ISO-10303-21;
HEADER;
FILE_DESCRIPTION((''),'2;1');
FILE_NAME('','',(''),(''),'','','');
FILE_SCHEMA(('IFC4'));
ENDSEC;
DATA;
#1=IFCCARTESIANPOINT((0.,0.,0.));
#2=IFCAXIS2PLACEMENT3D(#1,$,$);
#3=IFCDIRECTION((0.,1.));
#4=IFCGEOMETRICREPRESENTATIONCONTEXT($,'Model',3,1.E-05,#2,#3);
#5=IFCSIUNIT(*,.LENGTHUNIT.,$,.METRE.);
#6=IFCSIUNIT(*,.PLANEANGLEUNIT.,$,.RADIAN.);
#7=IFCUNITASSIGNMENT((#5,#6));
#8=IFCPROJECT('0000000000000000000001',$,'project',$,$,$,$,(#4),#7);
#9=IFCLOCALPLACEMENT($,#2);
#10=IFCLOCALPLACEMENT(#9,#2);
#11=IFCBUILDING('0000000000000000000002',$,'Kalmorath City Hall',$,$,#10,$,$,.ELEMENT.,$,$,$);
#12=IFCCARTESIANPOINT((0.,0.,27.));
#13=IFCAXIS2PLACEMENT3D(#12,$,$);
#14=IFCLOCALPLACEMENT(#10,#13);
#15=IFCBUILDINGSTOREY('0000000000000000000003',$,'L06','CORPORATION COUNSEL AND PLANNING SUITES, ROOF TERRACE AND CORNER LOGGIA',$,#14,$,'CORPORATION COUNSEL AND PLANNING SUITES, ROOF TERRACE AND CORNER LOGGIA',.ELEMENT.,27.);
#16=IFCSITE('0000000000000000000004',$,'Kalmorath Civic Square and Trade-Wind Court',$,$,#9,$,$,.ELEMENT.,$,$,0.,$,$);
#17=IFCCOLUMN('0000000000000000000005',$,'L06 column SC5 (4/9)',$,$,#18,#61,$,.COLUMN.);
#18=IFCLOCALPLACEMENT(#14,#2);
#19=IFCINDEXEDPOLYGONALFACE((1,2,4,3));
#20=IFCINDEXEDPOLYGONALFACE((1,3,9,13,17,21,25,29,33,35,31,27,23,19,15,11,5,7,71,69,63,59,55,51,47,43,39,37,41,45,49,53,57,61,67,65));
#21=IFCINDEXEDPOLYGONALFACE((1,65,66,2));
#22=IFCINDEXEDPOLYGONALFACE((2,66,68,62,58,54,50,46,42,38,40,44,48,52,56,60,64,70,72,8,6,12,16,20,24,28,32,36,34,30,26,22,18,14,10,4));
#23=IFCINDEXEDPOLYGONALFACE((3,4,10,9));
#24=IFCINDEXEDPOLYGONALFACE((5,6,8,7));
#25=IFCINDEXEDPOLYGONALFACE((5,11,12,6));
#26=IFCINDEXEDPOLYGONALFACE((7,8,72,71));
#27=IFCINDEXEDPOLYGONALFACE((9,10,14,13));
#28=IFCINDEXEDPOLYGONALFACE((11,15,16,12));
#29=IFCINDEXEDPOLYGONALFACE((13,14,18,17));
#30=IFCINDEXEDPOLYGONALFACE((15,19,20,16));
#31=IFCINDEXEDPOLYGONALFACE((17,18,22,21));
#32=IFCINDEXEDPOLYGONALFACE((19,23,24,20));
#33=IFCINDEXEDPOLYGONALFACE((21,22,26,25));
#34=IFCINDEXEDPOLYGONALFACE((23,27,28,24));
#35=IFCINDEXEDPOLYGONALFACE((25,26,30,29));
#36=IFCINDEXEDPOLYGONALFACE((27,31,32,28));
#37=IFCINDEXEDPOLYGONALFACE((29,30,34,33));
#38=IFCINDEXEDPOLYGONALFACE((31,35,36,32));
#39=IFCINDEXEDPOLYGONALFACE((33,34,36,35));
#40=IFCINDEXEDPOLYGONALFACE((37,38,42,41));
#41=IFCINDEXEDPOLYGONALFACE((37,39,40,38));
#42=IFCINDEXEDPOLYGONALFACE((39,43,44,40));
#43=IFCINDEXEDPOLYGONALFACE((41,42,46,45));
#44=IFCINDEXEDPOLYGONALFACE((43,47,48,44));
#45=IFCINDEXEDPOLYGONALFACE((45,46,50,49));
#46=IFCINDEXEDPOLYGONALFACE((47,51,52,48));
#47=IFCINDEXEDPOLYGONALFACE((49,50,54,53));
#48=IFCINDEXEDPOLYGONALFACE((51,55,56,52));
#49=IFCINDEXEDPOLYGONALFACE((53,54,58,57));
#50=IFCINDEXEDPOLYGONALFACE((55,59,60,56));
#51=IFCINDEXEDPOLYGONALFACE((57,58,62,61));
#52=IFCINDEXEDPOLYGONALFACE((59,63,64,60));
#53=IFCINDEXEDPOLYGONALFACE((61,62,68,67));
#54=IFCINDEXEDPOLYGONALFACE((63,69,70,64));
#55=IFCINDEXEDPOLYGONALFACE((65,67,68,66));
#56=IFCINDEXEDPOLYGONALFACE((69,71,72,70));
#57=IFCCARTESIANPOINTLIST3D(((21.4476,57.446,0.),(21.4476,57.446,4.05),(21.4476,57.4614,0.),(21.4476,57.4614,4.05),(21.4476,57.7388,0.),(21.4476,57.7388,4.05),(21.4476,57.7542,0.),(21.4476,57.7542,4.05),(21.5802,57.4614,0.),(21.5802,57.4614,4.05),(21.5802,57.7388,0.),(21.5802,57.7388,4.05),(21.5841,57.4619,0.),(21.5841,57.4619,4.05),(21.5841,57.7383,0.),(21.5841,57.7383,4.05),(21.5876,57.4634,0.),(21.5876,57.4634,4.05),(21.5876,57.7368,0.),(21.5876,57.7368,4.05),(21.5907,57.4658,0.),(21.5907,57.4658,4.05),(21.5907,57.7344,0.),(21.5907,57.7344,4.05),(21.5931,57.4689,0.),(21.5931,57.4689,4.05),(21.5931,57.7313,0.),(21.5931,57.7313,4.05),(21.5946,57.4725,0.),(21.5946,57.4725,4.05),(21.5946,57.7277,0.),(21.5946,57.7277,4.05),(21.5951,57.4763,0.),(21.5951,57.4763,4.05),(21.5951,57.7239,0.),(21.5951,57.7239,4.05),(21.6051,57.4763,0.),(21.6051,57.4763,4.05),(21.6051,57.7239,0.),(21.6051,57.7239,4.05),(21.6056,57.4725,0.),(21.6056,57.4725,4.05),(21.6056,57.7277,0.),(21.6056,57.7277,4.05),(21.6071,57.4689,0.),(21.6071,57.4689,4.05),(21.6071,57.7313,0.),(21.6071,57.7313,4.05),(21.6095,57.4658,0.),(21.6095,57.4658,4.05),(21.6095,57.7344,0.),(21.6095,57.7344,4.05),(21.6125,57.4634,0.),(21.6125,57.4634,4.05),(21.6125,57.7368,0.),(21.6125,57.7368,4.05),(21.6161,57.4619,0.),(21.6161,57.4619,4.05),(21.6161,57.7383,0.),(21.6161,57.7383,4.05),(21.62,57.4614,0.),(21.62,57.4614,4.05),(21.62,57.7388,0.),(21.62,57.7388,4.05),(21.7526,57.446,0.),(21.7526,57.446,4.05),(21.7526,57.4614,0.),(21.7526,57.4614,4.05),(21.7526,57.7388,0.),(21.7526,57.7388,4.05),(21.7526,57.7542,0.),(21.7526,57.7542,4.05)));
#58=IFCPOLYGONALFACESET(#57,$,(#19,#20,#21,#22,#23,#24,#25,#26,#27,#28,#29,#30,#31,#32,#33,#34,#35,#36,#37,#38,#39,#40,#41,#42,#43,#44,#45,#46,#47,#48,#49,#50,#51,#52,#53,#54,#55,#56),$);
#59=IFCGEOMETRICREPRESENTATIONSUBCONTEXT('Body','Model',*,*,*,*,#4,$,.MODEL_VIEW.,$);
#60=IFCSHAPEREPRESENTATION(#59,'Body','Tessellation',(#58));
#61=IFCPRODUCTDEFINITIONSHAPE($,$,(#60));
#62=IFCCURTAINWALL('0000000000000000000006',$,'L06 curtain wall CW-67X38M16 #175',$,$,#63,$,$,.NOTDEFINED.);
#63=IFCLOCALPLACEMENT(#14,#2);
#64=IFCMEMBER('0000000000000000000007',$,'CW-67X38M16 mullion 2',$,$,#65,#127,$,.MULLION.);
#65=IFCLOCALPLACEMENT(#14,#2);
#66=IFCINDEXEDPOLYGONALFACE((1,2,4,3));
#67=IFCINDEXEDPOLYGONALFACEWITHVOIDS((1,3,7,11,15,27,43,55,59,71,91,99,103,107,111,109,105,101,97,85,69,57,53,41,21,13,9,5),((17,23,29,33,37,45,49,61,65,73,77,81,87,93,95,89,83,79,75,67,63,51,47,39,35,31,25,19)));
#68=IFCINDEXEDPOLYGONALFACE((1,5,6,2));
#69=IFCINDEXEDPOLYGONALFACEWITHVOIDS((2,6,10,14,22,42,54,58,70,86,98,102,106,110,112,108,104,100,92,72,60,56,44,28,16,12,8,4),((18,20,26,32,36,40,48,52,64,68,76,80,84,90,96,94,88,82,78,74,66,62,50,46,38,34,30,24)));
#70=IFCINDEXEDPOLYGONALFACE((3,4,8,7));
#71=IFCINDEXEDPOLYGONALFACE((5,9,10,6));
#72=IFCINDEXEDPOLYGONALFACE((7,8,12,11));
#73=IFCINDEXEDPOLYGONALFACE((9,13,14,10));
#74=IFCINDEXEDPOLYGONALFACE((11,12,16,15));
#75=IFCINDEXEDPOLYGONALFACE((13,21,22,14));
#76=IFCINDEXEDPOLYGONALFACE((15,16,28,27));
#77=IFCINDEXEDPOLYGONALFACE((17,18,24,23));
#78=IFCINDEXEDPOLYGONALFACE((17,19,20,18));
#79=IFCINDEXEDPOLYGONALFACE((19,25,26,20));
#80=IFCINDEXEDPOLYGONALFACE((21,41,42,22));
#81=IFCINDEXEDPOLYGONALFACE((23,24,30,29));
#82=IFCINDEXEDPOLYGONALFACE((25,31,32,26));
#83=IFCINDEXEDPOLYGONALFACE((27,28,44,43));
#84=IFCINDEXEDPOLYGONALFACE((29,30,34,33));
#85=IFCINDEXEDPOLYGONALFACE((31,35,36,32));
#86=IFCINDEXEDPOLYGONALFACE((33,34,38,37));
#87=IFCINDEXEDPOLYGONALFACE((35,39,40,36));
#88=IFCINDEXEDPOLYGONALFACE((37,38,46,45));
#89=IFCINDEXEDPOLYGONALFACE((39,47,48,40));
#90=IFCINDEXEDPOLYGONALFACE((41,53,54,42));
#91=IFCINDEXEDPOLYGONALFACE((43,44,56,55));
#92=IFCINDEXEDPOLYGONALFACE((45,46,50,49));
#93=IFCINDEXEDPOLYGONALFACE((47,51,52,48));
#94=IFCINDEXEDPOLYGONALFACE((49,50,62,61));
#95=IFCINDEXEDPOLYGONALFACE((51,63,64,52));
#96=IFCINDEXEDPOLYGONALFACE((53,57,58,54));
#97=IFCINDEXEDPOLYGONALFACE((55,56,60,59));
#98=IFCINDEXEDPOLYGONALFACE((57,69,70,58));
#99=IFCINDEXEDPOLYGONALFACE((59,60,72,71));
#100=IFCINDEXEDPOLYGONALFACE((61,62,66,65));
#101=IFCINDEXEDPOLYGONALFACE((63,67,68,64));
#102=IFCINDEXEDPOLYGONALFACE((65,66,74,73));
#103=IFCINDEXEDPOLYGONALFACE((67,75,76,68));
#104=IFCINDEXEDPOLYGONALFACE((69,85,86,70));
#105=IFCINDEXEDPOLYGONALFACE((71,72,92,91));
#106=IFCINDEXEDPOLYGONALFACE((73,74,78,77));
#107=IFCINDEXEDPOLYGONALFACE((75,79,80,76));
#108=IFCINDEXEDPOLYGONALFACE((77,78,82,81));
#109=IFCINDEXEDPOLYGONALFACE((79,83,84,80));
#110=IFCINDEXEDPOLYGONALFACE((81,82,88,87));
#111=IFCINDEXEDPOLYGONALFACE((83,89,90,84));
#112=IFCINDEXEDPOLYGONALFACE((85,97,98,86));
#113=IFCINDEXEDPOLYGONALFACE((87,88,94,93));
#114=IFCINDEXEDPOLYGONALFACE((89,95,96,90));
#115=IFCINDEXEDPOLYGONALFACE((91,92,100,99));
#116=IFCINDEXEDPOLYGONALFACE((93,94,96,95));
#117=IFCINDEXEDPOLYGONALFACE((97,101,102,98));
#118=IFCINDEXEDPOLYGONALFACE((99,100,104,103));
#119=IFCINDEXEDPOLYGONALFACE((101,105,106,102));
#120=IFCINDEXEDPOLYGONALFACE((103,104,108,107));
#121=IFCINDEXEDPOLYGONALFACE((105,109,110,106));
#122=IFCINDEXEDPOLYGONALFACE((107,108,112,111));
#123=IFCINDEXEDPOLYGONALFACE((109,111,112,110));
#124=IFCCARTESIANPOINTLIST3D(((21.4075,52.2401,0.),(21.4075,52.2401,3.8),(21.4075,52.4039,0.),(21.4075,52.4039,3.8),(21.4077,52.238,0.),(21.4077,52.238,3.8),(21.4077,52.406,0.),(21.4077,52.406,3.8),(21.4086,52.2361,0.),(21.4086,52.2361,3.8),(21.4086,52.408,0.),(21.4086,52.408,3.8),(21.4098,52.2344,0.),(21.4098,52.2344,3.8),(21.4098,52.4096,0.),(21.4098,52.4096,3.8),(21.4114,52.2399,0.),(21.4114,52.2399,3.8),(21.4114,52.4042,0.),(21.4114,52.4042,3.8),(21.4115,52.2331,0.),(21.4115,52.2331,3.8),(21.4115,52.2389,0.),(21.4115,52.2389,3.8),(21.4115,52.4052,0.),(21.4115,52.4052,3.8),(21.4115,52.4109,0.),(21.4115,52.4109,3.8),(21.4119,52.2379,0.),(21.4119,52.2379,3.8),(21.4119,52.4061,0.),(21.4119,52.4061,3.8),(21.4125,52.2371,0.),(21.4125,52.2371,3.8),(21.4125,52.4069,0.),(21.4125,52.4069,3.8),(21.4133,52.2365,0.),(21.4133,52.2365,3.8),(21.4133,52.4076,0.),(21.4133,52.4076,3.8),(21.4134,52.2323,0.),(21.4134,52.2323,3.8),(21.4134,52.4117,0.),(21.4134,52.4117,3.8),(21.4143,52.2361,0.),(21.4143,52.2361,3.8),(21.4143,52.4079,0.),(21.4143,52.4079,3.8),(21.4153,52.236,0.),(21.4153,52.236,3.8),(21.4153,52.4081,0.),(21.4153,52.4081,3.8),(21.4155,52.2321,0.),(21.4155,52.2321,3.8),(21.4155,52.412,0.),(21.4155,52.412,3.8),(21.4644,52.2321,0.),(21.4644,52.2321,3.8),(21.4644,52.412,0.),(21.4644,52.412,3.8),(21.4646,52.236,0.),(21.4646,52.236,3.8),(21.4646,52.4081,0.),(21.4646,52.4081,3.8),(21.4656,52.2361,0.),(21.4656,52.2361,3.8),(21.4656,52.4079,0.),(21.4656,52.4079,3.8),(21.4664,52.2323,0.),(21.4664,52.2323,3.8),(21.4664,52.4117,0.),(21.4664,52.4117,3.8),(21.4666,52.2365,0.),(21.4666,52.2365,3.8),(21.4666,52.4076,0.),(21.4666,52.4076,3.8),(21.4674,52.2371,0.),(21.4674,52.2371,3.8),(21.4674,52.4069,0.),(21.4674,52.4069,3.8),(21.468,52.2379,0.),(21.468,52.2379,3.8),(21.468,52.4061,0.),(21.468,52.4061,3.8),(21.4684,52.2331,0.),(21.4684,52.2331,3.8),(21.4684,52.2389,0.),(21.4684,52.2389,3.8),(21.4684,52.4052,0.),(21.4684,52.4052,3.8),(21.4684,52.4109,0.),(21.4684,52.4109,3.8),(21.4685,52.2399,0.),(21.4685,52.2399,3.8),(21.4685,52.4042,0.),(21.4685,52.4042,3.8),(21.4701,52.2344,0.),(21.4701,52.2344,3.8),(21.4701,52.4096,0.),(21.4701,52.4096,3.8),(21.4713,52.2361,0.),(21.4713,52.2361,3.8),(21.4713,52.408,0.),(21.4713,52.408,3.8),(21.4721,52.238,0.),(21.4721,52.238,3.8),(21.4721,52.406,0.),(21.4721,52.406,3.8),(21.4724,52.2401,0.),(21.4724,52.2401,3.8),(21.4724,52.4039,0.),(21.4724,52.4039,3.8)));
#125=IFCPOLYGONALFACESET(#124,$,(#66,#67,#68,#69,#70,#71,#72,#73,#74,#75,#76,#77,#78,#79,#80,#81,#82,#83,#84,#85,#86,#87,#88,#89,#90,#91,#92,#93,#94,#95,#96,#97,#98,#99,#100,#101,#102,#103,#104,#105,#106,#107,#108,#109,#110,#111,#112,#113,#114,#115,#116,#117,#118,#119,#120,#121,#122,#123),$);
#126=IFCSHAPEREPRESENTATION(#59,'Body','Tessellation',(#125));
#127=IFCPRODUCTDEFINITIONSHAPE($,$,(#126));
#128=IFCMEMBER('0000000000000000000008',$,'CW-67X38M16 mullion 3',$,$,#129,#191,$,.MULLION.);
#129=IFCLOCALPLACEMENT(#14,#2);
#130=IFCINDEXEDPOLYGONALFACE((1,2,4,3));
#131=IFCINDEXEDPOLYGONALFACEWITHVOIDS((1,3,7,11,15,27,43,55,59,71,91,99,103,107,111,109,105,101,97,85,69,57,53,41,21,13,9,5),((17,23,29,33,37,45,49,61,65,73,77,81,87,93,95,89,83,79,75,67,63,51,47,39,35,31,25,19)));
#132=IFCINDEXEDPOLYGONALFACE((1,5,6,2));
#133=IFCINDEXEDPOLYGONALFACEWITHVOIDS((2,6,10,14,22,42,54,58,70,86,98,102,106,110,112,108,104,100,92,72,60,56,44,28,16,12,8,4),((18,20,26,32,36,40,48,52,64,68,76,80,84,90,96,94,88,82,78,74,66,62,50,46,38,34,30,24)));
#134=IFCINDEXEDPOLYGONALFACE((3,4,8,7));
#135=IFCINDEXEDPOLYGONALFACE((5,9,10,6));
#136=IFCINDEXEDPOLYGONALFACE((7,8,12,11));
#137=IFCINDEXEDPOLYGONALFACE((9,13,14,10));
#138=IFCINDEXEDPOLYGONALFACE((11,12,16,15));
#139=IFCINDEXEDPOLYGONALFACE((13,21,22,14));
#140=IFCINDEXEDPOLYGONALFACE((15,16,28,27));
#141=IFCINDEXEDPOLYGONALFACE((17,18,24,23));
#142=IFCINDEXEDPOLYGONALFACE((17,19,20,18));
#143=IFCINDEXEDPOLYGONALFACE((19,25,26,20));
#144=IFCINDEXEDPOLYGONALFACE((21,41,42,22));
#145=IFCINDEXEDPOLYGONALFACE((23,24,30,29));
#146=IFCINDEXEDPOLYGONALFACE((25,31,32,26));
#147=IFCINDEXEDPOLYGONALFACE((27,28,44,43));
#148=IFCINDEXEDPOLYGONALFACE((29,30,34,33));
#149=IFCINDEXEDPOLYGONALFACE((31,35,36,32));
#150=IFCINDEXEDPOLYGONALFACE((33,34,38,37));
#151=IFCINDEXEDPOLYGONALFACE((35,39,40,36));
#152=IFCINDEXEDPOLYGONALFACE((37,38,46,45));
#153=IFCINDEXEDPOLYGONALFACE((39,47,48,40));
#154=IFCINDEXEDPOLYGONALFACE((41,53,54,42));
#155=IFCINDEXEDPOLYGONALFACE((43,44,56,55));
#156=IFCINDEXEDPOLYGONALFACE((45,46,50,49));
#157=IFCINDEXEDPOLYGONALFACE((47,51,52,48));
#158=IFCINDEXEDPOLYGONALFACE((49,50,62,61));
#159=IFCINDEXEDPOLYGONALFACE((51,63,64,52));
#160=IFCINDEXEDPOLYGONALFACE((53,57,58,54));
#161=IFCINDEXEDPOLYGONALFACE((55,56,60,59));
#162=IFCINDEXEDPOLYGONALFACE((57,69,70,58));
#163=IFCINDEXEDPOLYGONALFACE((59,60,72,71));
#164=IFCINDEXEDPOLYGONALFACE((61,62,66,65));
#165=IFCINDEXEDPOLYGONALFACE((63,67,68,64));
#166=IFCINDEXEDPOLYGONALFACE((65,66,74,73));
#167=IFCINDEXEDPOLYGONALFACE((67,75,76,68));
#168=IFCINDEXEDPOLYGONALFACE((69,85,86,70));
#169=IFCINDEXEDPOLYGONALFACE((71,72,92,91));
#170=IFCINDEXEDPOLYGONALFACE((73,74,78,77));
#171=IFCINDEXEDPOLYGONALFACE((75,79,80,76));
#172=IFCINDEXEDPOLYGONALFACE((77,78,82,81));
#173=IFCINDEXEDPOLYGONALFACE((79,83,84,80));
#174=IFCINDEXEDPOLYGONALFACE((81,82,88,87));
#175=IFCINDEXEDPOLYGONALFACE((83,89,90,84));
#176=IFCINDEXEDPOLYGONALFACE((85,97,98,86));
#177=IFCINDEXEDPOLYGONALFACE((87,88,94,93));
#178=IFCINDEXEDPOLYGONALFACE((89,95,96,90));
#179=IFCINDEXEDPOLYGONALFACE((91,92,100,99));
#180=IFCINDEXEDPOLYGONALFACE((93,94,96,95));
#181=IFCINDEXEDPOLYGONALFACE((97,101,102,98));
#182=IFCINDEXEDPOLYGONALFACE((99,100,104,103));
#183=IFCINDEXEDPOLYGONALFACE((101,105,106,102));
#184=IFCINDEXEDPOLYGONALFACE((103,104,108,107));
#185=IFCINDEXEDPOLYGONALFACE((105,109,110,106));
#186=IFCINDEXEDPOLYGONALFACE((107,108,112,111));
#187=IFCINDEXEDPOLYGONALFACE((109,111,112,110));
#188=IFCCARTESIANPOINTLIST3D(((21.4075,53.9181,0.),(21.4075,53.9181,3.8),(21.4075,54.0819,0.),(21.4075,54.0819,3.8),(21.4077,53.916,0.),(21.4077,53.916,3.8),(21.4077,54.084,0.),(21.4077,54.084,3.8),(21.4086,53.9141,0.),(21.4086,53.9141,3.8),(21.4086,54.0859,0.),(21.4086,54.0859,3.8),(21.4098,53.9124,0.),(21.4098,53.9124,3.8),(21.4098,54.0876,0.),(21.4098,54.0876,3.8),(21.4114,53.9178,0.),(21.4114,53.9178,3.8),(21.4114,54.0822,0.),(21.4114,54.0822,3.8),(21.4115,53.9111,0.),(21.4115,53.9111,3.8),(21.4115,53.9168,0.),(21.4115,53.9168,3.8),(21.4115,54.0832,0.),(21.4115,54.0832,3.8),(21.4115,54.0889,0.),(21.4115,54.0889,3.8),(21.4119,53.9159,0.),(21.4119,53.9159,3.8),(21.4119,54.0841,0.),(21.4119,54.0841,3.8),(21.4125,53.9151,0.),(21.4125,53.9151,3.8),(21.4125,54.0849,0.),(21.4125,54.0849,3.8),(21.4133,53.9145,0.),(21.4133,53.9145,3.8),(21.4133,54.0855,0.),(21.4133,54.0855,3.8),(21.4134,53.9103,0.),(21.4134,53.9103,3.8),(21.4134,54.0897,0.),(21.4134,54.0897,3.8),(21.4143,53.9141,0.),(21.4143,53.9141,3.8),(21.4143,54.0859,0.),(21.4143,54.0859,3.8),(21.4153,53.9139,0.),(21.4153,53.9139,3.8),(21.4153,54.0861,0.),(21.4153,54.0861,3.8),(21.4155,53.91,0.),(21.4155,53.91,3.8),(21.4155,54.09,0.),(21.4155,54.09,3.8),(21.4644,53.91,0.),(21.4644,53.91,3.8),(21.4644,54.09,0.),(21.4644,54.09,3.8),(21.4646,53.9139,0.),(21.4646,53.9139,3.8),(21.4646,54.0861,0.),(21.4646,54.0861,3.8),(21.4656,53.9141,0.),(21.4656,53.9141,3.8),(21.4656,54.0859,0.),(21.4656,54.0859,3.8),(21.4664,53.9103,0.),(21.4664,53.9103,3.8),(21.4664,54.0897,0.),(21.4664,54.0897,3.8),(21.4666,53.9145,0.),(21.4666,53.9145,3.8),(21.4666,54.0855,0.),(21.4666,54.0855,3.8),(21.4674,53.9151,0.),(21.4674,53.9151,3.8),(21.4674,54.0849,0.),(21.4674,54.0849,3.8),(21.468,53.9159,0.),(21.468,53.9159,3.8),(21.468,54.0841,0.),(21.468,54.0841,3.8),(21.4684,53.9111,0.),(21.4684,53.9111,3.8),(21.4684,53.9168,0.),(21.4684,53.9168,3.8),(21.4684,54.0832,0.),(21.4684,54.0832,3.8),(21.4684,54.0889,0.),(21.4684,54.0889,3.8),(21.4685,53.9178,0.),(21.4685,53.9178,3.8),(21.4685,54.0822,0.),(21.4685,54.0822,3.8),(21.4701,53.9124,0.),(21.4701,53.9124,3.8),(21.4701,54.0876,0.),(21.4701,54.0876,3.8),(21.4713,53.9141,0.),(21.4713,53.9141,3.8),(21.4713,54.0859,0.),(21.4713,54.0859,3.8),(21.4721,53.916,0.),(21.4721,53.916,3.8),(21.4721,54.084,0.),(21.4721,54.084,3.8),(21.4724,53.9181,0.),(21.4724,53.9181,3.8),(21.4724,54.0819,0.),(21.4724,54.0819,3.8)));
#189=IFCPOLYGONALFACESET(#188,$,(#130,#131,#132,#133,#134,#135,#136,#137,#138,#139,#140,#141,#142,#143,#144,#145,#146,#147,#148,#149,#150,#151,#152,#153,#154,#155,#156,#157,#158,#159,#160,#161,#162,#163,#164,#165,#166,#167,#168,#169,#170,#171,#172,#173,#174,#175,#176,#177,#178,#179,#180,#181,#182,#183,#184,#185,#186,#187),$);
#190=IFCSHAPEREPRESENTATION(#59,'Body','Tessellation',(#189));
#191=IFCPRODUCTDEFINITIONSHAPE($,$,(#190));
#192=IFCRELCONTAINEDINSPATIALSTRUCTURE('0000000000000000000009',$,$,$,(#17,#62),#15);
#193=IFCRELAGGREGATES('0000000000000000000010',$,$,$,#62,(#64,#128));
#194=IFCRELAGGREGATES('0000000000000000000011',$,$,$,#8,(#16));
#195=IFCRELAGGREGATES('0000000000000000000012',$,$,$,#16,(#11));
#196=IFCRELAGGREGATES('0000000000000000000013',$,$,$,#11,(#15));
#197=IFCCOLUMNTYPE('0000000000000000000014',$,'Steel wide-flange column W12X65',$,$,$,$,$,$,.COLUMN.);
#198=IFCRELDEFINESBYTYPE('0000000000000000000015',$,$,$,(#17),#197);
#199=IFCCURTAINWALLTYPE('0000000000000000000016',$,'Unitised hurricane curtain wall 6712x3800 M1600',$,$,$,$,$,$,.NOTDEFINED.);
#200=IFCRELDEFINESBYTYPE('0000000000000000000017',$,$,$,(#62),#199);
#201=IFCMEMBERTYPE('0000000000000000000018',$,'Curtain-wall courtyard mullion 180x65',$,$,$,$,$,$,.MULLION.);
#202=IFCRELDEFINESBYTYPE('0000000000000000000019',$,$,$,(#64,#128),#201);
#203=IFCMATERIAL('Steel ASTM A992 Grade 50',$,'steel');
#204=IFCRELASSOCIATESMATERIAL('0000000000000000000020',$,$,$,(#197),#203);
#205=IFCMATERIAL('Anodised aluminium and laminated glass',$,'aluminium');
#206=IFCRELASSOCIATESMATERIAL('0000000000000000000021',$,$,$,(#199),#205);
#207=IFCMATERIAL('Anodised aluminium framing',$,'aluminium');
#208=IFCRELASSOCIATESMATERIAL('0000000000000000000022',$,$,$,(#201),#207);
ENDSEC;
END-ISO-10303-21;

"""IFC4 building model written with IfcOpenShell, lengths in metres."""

from ifc_helpers import new_model, si_unit, direction, frame, origin, origin_2d, place, context, subcontext, project, spatial, hollow_rectangle, i_section, extrude, material, material_profile, profile_set, type_object, element, aggregate, save


model = new_model("IFC4")

# Units and contexts
model_context = context("Model", 3, precision=1e-05, world=origin(), true_north=direction((0.0, 1.0)))
body_context = subcontext(model_context, "Body", "Model", "MODEL_VIEW")
ifc_project = project(units=[si_unit("LENGTHUNIT", "METRE"), si_unit("PLANEANGLEUNIT", "RADIAN")], contexts=[model_context])

# Site, building, storey
site_placement = place(None, origin())
site = spatial("IfcSite", under=ifc_project, at=site_placement, Name="Kalmorath Civic Square and Trade-Wind Court", CompositionType="ELEMENT", RefElevation=0.0)
building_placement = place(site_placement, origin())
building = spatial("IfcBuilding", under=site, at=building_placement, Name="Kalmorath City Hall", CompositionType="ELEMENT")
storey_placement = place(building_placement, frame((0.0, 0.0, 27.0)))
storey = spatial("IfcBuildingStorey", under=building, at=storey_placement, Name="L06", Description="CORPORATION COUNSEL AND PLANNING SUITES, ROOF TERRACE AND CORNER LOGGIA", LongName="CORPORATION COUNSEL AND PLANNING SUITES, ROOF TERRACE AND CORNER LOGGIA", CompositionType="ELEMENT", Elevation=27.0)

# Column
ifc_material_1 = material(Name="Steel ASTM A992 Grade 50", Category="steel")
ifc_material_profile_1 = material_profile(ifc_material_1, i_section(OverallWidth=0.3049, OverallDepth=0.3081, WebThickness=0.01, FlangeThickness=0.0154, FilletRadius=0.0149, at=origin_2d()), Name="W12X65")
ifc_profile_set_1 = profile_set([ifc_material_profile_1], Name="Steel ASTM A992 Grade 50")
column_type = type_object("IfcColumnType", Name="Steel wide-flange column W12X65", PredefinedType="COLUMN", material=ifc_profile_set_1)
column_placement = place(storey_placement, frame((21.6001, 57.6001, 0.0), z_axis=(0.0, 0.0, 1.0), x_axis=(1.0, 0.0, 0.0)))
element("IfcColumn", 1, at=column_placement, inside=storey, type_object=column_type, Name="L06 column SC5 (4/9)", PredefinedType="COLUMN", context=body_context, shape_type="SweptSolid", body=[
    extrude(i_section(OverallWidth=0.3049, OverallDepth=0.3081, WebThickness=0.01, FlangeThickness=0.0154, FilletRadius=0.0149, at=origin_2d()), origin(), (0.0, 0.0, 1.0), 4.05),
])

# Curtain wall, members
ifc_material_2 = material(Name="Anodised aluminium and laminated glass", Category="aluminium")
curtain_wall_type = type_object("IfcCurtainWallType", Name="Unitised hurricane curtain wall 6712x3800 M1600", PredefinedType="NOTDEFINED", material=ifc_material_2)
curtain_wall_placement = place(storey_placement, origin())
curtain_wall = element("IfcCurtainWall", 2, at=curtain_wall_placement, inside=storey, type_object=curtain_wall_type, Name="L06 curtain wall CW-67X38M16 #175", PredefinedType="NOTDEFINED")
ifc_material_3 = material(Name="Anodised aluminium framing", Category="aluminium")
ifc_material_profile_2 = material_profile(ifc_material_3, hollow_rectangle(XDim=0.0649, YDim=0.1799, WallThickness=0.0039, InnerFilletRadius=0.0039, OuterFilletRadius=0.0081, at=origin_2d()), Name="ALU-MUL-180X65X4")
ifc_profile_set_2 = profile_set([ifc_material_profile_2], Name="Anodised aluminium framing")
member_type_1 = type_object("IfcMemberType", Name="Curtain-wall courtyard mullion 180x65", PredefinedType="MULLION", material=ifc_profile_set_2)
member_1_placement = place(storey_placement, frame((21.4399, 52.322, 0.0), z_axis=(0.0, 0.0, 1.0), x_axis=(-1.0, 0.0, 0.0)))
member_1 = element("IfcMember", 3, at=member_1_placement, type_object=member_type_1, Name="CW-67X38M16 mullion 2", PredefinedType="MULLION", context=body_context, shape_type="SweptSolid", body=[
    extrude(hollow_rectangle(XDim=0.0649, YDim=0.1799, WallThickness=0.0039, InnerFilletRadius=0.0039, OuterFilletRadius=0.0081, at=origin_2d()), origin(), (0.0, 0.0, 1.0), 3.8),
])
member_2_placement = place(storey_placement, frame((21.4399, 54.0, 0.0), z_axis=(0.0, 0.0, 1.0), x_axis=(-1.0, 0.0, 0.0)))
member_2 = element("IfcMember", 4, at=member_2_placement, type_object=member_type_1, Name="CW-67X38M16 mullion 3", PredefinedType="MULLION", context=body_context, shape_type="SweptSolid", body=[
    extrude(hollow_rectangle(XDim=0.0649, YDim=0.1799, WallThickness=0.0039, InnerFilletRadius=0.0039, OuterFilletRadius=0.0081, at=origin_2d()), origin(), (0.0, 0.0, 1.0), 3.8),
])

aggregate(curtain_wall, [member_1, member_2])

save(model, "model.ifc")
